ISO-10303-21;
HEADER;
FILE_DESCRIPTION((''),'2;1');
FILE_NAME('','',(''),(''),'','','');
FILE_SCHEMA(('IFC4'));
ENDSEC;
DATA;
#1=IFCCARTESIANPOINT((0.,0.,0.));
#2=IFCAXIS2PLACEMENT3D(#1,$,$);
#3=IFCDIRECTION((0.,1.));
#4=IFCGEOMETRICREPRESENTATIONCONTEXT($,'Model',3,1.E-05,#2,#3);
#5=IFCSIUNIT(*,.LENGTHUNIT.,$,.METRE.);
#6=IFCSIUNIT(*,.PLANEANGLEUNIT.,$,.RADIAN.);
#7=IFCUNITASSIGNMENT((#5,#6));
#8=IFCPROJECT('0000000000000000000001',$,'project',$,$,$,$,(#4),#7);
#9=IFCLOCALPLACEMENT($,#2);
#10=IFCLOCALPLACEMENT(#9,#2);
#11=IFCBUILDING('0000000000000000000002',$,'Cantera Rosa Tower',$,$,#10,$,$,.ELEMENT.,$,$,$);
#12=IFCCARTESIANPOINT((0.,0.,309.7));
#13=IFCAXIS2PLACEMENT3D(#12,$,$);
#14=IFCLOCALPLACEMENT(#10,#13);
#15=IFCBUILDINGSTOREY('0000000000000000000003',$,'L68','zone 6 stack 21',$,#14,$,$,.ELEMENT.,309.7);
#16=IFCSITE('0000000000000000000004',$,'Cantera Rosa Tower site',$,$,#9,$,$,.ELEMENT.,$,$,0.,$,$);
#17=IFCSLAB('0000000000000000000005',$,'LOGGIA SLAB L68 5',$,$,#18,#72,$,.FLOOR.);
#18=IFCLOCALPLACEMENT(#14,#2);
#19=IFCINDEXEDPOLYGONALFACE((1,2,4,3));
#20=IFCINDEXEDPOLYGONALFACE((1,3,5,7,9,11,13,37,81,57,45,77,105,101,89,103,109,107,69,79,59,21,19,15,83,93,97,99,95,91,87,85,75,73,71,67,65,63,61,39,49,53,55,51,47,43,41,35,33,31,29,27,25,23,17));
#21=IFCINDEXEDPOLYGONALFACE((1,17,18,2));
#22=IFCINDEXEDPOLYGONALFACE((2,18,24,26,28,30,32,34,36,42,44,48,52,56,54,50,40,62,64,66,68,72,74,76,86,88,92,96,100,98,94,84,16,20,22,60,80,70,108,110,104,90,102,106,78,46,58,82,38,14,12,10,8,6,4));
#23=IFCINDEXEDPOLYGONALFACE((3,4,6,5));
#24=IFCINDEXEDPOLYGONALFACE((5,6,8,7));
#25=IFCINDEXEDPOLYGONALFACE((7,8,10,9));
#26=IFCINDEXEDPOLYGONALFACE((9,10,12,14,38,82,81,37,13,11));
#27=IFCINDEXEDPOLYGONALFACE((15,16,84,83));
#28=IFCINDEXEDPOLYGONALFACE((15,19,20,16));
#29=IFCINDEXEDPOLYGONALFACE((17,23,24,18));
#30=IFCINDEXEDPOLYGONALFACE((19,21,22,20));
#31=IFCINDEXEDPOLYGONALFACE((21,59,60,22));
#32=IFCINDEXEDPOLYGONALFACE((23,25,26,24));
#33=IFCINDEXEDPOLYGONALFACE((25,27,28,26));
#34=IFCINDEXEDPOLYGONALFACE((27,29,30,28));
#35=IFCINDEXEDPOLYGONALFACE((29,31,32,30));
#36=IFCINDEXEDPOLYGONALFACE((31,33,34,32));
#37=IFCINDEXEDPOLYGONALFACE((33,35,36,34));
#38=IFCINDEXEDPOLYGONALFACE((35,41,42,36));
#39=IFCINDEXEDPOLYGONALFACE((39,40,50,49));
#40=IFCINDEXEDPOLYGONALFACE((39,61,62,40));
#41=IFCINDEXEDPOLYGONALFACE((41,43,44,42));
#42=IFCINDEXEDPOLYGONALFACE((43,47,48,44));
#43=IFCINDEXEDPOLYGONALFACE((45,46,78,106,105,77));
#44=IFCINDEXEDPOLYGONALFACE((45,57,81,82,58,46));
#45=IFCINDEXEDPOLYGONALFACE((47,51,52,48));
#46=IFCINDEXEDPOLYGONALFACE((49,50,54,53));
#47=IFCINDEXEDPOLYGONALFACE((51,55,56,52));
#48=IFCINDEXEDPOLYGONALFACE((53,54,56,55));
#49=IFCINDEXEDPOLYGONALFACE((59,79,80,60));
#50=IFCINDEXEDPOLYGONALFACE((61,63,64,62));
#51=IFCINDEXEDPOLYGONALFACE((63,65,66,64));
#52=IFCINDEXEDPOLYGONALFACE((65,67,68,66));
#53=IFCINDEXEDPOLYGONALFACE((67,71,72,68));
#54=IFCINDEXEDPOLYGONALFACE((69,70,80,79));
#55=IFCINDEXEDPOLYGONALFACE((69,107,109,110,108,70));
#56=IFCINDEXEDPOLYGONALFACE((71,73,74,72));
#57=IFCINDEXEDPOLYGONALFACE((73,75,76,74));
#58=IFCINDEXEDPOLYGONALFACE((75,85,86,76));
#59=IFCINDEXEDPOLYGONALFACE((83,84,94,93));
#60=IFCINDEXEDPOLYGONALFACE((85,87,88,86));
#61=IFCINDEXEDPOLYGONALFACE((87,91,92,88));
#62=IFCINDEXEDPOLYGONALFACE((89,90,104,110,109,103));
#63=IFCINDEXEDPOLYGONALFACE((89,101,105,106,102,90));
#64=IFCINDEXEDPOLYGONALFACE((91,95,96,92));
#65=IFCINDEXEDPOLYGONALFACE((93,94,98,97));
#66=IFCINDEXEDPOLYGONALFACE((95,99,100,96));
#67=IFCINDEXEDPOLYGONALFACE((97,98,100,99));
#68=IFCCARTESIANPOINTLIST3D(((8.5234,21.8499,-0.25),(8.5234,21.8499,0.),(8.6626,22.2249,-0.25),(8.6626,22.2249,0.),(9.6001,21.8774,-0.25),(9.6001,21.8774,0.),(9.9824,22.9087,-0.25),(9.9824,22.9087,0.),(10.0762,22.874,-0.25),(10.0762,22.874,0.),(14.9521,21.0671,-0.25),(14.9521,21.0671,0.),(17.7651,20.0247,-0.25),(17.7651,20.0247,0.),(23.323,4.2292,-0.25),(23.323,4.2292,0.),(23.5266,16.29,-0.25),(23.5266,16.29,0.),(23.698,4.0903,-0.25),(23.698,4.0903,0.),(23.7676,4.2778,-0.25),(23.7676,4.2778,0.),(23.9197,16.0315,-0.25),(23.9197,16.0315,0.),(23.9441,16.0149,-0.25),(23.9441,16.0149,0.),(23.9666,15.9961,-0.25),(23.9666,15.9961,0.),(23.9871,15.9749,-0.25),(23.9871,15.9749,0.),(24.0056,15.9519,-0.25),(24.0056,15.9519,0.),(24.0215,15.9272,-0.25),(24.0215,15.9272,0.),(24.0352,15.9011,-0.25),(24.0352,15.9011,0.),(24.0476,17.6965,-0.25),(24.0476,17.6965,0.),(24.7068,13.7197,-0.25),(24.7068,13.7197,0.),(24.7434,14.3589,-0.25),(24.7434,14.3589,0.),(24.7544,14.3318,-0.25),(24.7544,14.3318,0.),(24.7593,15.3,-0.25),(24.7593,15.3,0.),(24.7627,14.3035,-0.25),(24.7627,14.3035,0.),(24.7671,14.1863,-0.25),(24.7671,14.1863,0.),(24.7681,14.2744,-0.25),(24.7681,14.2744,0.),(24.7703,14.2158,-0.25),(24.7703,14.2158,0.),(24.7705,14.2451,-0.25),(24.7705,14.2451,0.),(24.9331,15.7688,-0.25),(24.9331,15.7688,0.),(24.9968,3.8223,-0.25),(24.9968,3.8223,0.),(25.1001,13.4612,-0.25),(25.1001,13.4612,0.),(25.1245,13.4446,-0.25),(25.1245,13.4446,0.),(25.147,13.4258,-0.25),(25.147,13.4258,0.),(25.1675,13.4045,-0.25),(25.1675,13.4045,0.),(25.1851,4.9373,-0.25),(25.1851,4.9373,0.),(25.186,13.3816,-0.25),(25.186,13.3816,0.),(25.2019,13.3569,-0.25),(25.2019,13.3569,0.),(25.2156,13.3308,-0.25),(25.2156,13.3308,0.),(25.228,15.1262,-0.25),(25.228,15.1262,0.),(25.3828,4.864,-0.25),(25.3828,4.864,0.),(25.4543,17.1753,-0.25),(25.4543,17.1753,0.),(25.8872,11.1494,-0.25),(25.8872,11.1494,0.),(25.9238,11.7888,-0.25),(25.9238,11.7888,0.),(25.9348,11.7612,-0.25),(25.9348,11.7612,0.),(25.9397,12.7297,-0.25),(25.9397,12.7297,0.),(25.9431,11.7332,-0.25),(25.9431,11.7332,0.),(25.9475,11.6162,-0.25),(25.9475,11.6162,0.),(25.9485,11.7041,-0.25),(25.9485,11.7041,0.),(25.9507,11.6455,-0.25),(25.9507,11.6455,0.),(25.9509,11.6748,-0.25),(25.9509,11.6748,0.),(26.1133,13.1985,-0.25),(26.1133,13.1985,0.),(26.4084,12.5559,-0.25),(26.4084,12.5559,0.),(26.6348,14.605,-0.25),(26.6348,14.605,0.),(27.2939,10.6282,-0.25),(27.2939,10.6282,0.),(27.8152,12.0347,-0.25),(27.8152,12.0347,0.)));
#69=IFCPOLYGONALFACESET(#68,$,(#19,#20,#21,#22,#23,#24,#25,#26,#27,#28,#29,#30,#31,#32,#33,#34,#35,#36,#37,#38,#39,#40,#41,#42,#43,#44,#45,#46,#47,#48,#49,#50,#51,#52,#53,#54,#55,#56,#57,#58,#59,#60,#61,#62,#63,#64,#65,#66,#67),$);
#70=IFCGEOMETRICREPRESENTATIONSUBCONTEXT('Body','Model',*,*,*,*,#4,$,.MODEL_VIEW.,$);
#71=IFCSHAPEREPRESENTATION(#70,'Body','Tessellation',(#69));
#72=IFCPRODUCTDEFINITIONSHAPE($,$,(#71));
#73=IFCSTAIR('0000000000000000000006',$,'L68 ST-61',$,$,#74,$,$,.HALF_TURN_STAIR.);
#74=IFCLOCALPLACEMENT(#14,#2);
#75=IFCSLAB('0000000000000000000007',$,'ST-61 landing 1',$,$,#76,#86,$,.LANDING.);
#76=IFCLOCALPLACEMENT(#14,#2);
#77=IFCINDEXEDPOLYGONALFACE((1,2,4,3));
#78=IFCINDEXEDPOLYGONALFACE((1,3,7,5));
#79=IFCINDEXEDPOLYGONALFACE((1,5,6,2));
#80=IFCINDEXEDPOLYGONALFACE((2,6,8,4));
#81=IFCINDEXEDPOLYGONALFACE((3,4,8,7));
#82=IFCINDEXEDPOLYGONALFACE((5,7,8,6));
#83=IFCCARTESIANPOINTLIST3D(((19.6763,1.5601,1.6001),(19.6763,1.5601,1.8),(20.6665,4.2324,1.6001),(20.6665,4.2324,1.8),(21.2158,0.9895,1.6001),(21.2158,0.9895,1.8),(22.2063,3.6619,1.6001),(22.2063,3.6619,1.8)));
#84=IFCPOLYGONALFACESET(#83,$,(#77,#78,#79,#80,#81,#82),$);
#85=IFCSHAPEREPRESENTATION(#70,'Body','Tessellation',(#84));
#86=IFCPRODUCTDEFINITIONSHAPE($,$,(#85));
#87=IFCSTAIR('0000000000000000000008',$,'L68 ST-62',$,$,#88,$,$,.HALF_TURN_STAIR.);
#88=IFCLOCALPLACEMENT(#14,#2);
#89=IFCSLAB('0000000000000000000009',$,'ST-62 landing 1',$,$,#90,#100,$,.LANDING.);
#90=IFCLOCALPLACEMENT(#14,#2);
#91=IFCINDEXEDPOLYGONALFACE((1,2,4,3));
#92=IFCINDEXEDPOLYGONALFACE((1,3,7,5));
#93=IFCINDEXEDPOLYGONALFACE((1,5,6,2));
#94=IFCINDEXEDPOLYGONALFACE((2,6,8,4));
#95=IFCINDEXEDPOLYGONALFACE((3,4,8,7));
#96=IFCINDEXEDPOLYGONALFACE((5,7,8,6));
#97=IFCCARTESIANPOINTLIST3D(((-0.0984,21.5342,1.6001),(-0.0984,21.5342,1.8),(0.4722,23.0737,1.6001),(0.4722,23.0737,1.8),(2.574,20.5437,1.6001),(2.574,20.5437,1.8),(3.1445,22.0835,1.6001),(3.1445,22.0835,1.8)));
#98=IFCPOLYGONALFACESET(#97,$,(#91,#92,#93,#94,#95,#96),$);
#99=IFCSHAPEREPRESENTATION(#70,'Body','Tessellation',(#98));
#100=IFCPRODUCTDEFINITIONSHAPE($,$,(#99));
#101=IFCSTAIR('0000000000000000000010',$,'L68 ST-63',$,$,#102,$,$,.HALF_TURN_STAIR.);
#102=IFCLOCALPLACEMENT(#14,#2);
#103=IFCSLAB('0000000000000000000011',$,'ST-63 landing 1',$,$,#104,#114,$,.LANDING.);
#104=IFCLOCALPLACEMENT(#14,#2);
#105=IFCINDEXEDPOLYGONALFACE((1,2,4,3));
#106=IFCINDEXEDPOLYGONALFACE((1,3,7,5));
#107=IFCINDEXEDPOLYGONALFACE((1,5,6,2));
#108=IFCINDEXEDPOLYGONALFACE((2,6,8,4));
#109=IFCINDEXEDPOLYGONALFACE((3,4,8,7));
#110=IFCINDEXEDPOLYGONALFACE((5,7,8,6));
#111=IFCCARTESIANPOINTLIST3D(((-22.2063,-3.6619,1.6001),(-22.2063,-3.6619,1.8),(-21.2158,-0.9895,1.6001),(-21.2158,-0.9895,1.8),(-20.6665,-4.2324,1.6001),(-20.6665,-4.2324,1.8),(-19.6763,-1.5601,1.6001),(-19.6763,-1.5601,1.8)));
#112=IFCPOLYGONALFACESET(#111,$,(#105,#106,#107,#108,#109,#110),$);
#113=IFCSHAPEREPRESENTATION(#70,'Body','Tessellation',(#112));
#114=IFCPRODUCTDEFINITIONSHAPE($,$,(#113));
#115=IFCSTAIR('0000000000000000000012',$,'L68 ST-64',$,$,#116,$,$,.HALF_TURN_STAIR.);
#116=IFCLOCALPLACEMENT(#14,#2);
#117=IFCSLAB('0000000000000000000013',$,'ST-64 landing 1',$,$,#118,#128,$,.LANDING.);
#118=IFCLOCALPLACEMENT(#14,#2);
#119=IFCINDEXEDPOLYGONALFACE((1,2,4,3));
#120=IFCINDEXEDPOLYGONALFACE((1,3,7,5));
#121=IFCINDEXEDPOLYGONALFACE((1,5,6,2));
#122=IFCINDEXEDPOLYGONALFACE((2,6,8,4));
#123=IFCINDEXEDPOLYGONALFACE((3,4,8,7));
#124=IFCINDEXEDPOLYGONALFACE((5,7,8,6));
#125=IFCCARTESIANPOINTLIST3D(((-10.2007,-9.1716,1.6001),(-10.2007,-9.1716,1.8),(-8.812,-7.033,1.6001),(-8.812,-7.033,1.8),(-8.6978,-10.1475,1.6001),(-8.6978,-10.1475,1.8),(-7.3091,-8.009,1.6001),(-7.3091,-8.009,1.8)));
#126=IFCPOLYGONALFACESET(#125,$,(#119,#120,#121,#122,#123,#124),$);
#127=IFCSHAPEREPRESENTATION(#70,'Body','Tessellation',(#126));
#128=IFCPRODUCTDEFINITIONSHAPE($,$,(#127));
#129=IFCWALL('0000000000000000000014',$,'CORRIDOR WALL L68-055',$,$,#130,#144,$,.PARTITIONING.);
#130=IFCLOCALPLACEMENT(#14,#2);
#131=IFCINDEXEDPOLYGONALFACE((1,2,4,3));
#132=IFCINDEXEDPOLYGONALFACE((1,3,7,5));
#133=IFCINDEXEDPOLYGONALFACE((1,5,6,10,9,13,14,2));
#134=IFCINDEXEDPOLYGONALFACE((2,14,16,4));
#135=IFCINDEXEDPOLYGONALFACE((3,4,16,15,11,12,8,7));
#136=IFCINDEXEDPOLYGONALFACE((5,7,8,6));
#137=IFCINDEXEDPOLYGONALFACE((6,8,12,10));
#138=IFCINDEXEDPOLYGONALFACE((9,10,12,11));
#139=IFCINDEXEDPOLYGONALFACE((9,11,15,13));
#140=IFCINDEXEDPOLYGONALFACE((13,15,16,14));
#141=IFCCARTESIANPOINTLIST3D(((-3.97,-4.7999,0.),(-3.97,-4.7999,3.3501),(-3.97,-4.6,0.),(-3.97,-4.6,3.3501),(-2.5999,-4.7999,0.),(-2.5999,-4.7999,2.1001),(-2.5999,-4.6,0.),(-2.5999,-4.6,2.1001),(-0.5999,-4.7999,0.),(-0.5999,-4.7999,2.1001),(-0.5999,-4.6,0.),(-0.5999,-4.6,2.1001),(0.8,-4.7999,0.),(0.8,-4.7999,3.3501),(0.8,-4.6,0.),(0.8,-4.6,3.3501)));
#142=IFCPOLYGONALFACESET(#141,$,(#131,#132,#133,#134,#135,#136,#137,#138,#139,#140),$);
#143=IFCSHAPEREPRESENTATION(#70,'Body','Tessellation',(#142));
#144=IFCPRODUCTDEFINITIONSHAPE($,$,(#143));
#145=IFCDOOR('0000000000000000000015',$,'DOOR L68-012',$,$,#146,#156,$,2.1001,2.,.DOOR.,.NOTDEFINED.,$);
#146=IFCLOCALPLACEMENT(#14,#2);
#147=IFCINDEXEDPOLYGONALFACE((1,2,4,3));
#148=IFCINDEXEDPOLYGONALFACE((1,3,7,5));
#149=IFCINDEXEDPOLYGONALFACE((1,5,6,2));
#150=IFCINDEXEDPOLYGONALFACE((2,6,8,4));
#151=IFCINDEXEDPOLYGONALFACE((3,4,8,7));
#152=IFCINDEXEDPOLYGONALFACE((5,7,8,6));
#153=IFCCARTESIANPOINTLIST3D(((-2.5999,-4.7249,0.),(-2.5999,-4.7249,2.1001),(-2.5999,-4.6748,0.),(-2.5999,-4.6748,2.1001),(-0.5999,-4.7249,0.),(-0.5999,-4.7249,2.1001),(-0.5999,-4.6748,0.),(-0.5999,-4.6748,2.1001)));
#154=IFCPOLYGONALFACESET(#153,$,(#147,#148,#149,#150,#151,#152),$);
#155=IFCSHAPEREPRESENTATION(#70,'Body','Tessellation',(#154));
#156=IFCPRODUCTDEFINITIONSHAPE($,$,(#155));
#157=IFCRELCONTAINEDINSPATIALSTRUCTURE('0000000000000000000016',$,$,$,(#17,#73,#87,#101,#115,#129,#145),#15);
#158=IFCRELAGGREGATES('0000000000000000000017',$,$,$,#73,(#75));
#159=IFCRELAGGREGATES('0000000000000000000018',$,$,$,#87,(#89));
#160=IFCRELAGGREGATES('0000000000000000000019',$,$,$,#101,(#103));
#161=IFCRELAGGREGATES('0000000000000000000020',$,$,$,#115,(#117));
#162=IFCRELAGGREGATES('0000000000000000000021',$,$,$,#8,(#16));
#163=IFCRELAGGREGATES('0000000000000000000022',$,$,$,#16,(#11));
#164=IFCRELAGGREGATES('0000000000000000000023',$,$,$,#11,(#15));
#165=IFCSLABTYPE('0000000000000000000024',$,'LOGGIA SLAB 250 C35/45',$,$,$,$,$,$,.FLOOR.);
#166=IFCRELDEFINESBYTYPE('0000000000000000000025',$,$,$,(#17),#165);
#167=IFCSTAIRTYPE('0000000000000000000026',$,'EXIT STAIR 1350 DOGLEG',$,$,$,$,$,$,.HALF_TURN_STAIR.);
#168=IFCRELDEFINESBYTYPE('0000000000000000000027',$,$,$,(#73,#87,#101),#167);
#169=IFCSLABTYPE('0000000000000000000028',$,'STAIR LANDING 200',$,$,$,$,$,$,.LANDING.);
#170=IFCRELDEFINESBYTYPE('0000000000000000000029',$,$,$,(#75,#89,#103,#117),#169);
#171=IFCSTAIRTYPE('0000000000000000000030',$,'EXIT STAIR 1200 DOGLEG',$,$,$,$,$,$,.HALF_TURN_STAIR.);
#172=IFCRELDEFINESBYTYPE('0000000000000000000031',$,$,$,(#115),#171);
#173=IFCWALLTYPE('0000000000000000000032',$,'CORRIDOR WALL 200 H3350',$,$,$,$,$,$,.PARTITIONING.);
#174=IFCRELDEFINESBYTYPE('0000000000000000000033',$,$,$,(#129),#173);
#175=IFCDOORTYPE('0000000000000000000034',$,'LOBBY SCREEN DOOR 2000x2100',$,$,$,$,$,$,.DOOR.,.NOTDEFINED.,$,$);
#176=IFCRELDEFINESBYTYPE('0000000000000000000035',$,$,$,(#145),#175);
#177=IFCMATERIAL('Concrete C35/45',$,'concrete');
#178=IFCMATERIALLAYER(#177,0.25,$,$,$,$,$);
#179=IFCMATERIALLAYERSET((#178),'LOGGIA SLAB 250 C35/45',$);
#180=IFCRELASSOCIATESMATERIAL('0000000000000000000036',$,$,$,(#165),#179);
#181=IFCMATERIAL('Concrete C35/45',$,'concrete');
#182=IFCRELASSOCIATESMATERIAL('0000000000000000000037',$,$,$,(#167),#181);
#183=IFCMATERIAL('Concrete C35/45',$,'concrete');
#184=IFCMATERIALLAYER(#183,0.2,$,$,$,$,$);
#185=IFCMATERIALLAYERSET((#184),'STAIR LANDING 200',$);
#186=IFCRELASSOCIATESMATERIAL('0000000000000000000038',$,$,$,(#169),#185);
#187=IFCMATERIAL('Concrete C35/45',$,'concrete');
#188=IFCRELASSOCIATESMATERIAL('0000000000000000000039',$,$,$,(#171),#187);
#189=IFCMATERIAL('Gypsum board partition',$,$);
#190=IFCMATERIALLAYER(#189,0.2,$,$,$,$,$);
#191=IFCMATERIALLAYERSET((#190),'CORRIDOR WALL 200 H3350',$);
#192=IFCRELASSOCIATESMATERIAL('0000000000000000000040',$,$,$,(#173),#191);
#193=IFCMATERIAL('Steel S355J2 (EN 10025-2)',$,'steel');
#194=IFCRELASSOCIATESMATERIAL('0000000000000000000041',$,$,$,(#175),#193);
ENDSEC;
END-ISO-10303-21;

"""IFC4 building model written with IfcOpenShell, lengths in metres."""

from ifc_helpers import new_model, si_unit, direction, frame, frame_2d, origin, place, context, subcontext, project, spatial, polyline, rectangle, outline, extrude, material, layer, layer_set, type_object, element, fill, aggregate, save


model = new_model("IFC4")

# Units and contexts
model_context = context("Model", 3, precision=1e-05, world=origin(), true_north=direction((0.0, 1.0)))
body_context = subcontext(model_context, "Body", "Model", "MODEL_VIEW")
ifc_project = project(units=[si_unit("LENGTHUNIT", "METRE"), si_unit("PLANEANGLEUNIT", "RADIAN")], contexts=[model_context])

# Site, building, storey
site_placement = place(None, origin())
site = spatial("IfcSite", under=ifc_project, at=site_placement, Name="Cantera Rosa Tower site", CompositionType="ELEMENT", RefElevation=0.0)
building_placement = place(site_placement, origin())
building = spatial("IfcBuilding", under=site, at=building_placement, Name="Cantera Rosa Tower", CompositionType="ELEMENT")
storey_placement = place(building_placement, frame((0.0, 0.0, 309.7)))
storey = spatial("IfcBuildingStorey", under=building, at=storey_placement, Name="L68", Description="zone 6 stack 21", CompositionType="ELEMENT", Elevation=309.7)

# Slab
ifc_material_1 = material(Name="Concrete C35/45", Category="concrete")
ifc_layer_1 = layer(ifc_material_1, 0.25)
ifc_layer_set_1 = layer_set([ifc_layer_1], Name="LOGGIA SLAB 250 C35/45")
slab_type_1 = type_object("IfcSlabType", Name="LOGGIA SLAB 250 C35/45", PredefinedType="FLOOR", material=ifc_layer_set_1)
slab_1_placement = place(storey_placement, frame((0.0, 0.0, -0.25)))
element("IfcSlab", 1, at=slab_1_placement, inside=storey, type_object=slab_type_1, Name="LOGGIA SLAB L68 5", PredefinedType="FLOOR", context=body_context, shape_type="SweptSolid", body=[
    extrude(outline(polyline([(17.7651, 20.0247), (24.0476, 17.6965), (25.4543, 17.1753), (24.9331, 15.7688), (24.7593, 15.3), (25.228, 15.1262), (26.6348, 14.605), (26.1133, 13.1985), (25.9397, 12.7297), (26.4084, 12.5559), (27.8152, 12.0347), (27.2939, 10.6282), (25.1851, 4.9373), (25.3828, 4.864), (24.9968, 3.8223), (23.7676, 4.2778), (23.698, 4.0903), (23.323, 4.2292), (25.8872, 11.1494), (25.9475, 11.6162), (25.9507, 11.6455), (25.9509, 11.6748), (25.9485, 11.7041), (25.9431, 11.7332), (25.9348, 11.7612), (25.9238, 11.7888), (25.2156, 13.3308), (25.2019, 13.3569), (25.186, 13.3816), (25.1675, 13.4045), (25.147, 13.4258), (25.1245, 13.4446), (25.1001, 13.4612), (24.7068, 13.7197), (24.7671, 14.1863), (24.7703, 14.2158), (24.7705, 14.2451), (24.7681, 14.2744), (24.7627, 14.3035), (24.7544, 14.3318), (24.7434, 14.3589), (24.0352, 15.9011), (24.0215, 15.9272), (24.0056, 15.9519), (23.9871, 15.9749), (23.9666, 15.9961), (23.9441, 16.0149), (23.9197, 16.0315), (23.5266, 16.29), (8.5234, 21.8499), (8.6626, 22.2249), (9.6001, 21.8774), (9.9824, 22.9087), (10.0762, 22.874), (14.9521, 21.0671), (17.7651, 20.0247)])), origin(), (0.0, 0.0, 1.0), 0.25),
])

# Stairs, slabs
ifc_material_2 = material(Name="Concrete C35/45", Category="concrete")
stair_type_1 = type_object("IfcStairType", Name="EXIT STAIR 1350 DOGLEG", PredefinedType="HALF_TURN_STAIR", material=ifc_material_2)
stair_1_placement = place(storey_placement, origin())
stair_1 = element("IfcStair", 2, at=stair_1_placement, inside=storey, type_object=stair_type_1, Name="L68 ST-61", PredefinedType="HALF_TURN_STAIR")
ifc_material_3 = material(Name="Concrete C35/45", Category="concrete")
ifc_layer_2 = layer(ifc_material_3, 0.2)
ifc_layer_set_2 = layer_set([ifc_layer_2], Name="STAIR LANDING 200")
slab_type_2 = type_object("IfcSlabType", Name="STAIR LANDING 200", PredefinedType="LANDING", material=ifc_layer_set_2)
slab_2_placement = place(storey_placement, frame((0.0, 0.0, 1.6001)))
slab_2 = element("IfcSlab", 3, at=slab_2_placement, type_object=slab_type_2, Name="ST-61 landing 1", PredefinedType="LANDING", context=body_context, shape_type="SweptSolid", body=[
    extrude(outline(polyline([(19.6763, 1.5601), (21.2158, 0.9895), (22.2063, 3.6619), (20.6665, 4.2324), (19.6763, 1.5601)])), origin(), (0.0, 0.0, 1.0), 0.2),
])
aggregate(stair_1, [slab_2])
stair_2_placement = place(storey_placement, origin())
stair_2 = element("IfcStair", 4, at=stair_2_placement, inside=storey, type_object=stair_type_1, Name="L68 ST-62", PredefinedType="HALF_TURN_STAIR")
slab_3_placement = place(storey_placement, frame((0.0, 0.0, 1.6001)))
slab_3 = element("IfcSlab", 5, at=slab_3_placement, type_object=slab_type_2, Name="ST-62 landing 1", PredefinedType="LANDING", context=body_context, shape_type="SweptSolid", body=[
    extrude(outline(polyline([(2.574, 20.5437), (3.1445, 22.0835), (0.4722, 23.0737), (-0.0984, 21.5342), (2.574, 20.5437)])), origin(), (0.0, 0.0, 1.0), 0.2),
])
aggregate(stair_2, [slab_3])
stair_3_placement = place(storey_placement, origin())
stair_3 = element("IfcStair", 6, at=stair_3_placement, inside=storey, type_object=stair_type_1, Name="L68 ST-63", PredefinedType="HALF_TURN_STAIR")
slab_4_placement = place(storey_placement, frame((0.0, 0.0, 1.6001)))
slab_4 = element("IfcSlab", 7, at=slab_4_placement, type_object=slab_type_2, Name="ST-63 landing 1", PredefinedType="LANDING", context=body_context, shape_type="SweptSolid", body=[
    extrude(outline(polyline([(-19.6763, -1.5601), (-21.2158, -0.9895), (-22.2063, -3.6619), (-20.6665, -4.2324), (-19.6763, -1.5601)])), origin(), (0.0, 0.0, 1.0), 0.2),
])
aggregate(stair_3, [slab_4])
ifc_material_4 = material(Name="Concrete C35/45", Category="concrete")
stair_type_2 = type_object("IfcStairType", Name="EXIT STAIR 1200 DOGLEG", PredefinedType="HALF_TURN_STAIR", material=ifc_material_4)
stair_4_placement = place(storey_placement, origin())
stair_4 = element("IfcStair", 8, at=stair_4_placement, inside=storey, type_object=stair_type_2, Name="L68 ST-64", PredefinedType="HALF_TURN_STAIR")
slab_5_placement = place(storey_placement, frame((0.0, 0.0, 1.6001)))
slab_5 = element("IfcSlab", 9, at=slab_5_placement, type_object=slab_type_2, Name="ST-64 landing 1", PredefinedType="LANDING", context=body_context, shape_type="SweptSolid", body=[
    extrude(outline(polyline([(-7.3091, -8.009), (-8.812, -7.033), (-10.2007, -9.1716), (-8.6978, -10.1475), (-7.3091, -8.009)])), origin(), (0.0, 0.0, 1.0), 0.2),
])
aggregate(stair_4, [slab_5])

# Wall, opening, door
ifc_material_5 = material(Name="Gypsum board partition")
ifc_layer_3 = layer(ifc_material_5, 0.2)
ifc_layer_set_3 = layer_set([ifc_layer_3], Name="CORRIDOR WALL 200 H3350")
wall_type_1 = type_object("IfcWallType", Name="CORRIDOR WALL 200 H3350", PredefinedType="PARTITIONING", material=ifc_layer_set_3)
wall_1_placement = place(storey_placement, frame((0.8, -4.7, 0.0), z_axis=(0.0, 0.0, 1.0), x_axis=(-1.0, 0.0, 0.0)))
wall_1 = element("IfcWall", 10, at=wall_1_placement, inside=storey, type_object=wall_type_1, Name="CORRIDOR WALL L68-055", PredefinedType="PARTITIONING", context=body_context, shape_type="SweptSolid", body=[
    extrude(rectangle(XDim=4.77, YDim=0.2, at=frame_2d((2.385, 0.0))), origin(), (0.0, 0.0, 1.0), 3.3501),
])
opening_1_placement = place(wall_1_placement, frame((1.3999, 0.0, 0.0)))
opening_1 = element("IfcOpeningElement", 11, at=opening_1_placement, cuts=wall_1, PredefinedType="OPENING", context=body_context, shape_type="SweptSolid", body=[
    extrude(rectangle(XDim=2.0, YDim=2.1001, at=frame_2d((1.0, 1.05))), frame((0.0, 0.1099, 0.0), z_axis=(0.0, -1.0, 0.0), x_axis=(1.0, 0.0, 0.0)), (0.0, 0.0, 1.0), 0.22),
])
ifc_material_6 = material(Name="Steel S355J2 (EN 10025-2)", Category="steel")
door_type_1 = type_object("IfcDoorType", Name="LOBBY SCREEN DOOR 2000x2100", OperationType="NOTDEFINED", PredefinedType="DOOR", material=ifc_material_6)
door_1_placement = place(opening_1_placement, origin())
door_1 = element("IfcDoor", 12, at=door_1_placement, inside=storey, type_object=door_type_1, Name="DOOR L68-012", OperationType="NOTDEFINED", OverallHeight=2.1001, OverallWidth=2.0, PredefinedType="DOOR", context=body_context, shape_type="SweptSolid", body=[
    extrude(rectangle(XDim=2.0, YDim=2.1001, at=frame_2d((1.0, 1.05))), frame((0.0, 0.0249, 0.0), z_axis=(0.0, -1.0, 0.0), x_axis=(1.0, 0.0, 0.0)), (0.0, 0.0, 1.0), 0.05),
])
fill(opening_1, door_1)

save(model, "model.ifc")
